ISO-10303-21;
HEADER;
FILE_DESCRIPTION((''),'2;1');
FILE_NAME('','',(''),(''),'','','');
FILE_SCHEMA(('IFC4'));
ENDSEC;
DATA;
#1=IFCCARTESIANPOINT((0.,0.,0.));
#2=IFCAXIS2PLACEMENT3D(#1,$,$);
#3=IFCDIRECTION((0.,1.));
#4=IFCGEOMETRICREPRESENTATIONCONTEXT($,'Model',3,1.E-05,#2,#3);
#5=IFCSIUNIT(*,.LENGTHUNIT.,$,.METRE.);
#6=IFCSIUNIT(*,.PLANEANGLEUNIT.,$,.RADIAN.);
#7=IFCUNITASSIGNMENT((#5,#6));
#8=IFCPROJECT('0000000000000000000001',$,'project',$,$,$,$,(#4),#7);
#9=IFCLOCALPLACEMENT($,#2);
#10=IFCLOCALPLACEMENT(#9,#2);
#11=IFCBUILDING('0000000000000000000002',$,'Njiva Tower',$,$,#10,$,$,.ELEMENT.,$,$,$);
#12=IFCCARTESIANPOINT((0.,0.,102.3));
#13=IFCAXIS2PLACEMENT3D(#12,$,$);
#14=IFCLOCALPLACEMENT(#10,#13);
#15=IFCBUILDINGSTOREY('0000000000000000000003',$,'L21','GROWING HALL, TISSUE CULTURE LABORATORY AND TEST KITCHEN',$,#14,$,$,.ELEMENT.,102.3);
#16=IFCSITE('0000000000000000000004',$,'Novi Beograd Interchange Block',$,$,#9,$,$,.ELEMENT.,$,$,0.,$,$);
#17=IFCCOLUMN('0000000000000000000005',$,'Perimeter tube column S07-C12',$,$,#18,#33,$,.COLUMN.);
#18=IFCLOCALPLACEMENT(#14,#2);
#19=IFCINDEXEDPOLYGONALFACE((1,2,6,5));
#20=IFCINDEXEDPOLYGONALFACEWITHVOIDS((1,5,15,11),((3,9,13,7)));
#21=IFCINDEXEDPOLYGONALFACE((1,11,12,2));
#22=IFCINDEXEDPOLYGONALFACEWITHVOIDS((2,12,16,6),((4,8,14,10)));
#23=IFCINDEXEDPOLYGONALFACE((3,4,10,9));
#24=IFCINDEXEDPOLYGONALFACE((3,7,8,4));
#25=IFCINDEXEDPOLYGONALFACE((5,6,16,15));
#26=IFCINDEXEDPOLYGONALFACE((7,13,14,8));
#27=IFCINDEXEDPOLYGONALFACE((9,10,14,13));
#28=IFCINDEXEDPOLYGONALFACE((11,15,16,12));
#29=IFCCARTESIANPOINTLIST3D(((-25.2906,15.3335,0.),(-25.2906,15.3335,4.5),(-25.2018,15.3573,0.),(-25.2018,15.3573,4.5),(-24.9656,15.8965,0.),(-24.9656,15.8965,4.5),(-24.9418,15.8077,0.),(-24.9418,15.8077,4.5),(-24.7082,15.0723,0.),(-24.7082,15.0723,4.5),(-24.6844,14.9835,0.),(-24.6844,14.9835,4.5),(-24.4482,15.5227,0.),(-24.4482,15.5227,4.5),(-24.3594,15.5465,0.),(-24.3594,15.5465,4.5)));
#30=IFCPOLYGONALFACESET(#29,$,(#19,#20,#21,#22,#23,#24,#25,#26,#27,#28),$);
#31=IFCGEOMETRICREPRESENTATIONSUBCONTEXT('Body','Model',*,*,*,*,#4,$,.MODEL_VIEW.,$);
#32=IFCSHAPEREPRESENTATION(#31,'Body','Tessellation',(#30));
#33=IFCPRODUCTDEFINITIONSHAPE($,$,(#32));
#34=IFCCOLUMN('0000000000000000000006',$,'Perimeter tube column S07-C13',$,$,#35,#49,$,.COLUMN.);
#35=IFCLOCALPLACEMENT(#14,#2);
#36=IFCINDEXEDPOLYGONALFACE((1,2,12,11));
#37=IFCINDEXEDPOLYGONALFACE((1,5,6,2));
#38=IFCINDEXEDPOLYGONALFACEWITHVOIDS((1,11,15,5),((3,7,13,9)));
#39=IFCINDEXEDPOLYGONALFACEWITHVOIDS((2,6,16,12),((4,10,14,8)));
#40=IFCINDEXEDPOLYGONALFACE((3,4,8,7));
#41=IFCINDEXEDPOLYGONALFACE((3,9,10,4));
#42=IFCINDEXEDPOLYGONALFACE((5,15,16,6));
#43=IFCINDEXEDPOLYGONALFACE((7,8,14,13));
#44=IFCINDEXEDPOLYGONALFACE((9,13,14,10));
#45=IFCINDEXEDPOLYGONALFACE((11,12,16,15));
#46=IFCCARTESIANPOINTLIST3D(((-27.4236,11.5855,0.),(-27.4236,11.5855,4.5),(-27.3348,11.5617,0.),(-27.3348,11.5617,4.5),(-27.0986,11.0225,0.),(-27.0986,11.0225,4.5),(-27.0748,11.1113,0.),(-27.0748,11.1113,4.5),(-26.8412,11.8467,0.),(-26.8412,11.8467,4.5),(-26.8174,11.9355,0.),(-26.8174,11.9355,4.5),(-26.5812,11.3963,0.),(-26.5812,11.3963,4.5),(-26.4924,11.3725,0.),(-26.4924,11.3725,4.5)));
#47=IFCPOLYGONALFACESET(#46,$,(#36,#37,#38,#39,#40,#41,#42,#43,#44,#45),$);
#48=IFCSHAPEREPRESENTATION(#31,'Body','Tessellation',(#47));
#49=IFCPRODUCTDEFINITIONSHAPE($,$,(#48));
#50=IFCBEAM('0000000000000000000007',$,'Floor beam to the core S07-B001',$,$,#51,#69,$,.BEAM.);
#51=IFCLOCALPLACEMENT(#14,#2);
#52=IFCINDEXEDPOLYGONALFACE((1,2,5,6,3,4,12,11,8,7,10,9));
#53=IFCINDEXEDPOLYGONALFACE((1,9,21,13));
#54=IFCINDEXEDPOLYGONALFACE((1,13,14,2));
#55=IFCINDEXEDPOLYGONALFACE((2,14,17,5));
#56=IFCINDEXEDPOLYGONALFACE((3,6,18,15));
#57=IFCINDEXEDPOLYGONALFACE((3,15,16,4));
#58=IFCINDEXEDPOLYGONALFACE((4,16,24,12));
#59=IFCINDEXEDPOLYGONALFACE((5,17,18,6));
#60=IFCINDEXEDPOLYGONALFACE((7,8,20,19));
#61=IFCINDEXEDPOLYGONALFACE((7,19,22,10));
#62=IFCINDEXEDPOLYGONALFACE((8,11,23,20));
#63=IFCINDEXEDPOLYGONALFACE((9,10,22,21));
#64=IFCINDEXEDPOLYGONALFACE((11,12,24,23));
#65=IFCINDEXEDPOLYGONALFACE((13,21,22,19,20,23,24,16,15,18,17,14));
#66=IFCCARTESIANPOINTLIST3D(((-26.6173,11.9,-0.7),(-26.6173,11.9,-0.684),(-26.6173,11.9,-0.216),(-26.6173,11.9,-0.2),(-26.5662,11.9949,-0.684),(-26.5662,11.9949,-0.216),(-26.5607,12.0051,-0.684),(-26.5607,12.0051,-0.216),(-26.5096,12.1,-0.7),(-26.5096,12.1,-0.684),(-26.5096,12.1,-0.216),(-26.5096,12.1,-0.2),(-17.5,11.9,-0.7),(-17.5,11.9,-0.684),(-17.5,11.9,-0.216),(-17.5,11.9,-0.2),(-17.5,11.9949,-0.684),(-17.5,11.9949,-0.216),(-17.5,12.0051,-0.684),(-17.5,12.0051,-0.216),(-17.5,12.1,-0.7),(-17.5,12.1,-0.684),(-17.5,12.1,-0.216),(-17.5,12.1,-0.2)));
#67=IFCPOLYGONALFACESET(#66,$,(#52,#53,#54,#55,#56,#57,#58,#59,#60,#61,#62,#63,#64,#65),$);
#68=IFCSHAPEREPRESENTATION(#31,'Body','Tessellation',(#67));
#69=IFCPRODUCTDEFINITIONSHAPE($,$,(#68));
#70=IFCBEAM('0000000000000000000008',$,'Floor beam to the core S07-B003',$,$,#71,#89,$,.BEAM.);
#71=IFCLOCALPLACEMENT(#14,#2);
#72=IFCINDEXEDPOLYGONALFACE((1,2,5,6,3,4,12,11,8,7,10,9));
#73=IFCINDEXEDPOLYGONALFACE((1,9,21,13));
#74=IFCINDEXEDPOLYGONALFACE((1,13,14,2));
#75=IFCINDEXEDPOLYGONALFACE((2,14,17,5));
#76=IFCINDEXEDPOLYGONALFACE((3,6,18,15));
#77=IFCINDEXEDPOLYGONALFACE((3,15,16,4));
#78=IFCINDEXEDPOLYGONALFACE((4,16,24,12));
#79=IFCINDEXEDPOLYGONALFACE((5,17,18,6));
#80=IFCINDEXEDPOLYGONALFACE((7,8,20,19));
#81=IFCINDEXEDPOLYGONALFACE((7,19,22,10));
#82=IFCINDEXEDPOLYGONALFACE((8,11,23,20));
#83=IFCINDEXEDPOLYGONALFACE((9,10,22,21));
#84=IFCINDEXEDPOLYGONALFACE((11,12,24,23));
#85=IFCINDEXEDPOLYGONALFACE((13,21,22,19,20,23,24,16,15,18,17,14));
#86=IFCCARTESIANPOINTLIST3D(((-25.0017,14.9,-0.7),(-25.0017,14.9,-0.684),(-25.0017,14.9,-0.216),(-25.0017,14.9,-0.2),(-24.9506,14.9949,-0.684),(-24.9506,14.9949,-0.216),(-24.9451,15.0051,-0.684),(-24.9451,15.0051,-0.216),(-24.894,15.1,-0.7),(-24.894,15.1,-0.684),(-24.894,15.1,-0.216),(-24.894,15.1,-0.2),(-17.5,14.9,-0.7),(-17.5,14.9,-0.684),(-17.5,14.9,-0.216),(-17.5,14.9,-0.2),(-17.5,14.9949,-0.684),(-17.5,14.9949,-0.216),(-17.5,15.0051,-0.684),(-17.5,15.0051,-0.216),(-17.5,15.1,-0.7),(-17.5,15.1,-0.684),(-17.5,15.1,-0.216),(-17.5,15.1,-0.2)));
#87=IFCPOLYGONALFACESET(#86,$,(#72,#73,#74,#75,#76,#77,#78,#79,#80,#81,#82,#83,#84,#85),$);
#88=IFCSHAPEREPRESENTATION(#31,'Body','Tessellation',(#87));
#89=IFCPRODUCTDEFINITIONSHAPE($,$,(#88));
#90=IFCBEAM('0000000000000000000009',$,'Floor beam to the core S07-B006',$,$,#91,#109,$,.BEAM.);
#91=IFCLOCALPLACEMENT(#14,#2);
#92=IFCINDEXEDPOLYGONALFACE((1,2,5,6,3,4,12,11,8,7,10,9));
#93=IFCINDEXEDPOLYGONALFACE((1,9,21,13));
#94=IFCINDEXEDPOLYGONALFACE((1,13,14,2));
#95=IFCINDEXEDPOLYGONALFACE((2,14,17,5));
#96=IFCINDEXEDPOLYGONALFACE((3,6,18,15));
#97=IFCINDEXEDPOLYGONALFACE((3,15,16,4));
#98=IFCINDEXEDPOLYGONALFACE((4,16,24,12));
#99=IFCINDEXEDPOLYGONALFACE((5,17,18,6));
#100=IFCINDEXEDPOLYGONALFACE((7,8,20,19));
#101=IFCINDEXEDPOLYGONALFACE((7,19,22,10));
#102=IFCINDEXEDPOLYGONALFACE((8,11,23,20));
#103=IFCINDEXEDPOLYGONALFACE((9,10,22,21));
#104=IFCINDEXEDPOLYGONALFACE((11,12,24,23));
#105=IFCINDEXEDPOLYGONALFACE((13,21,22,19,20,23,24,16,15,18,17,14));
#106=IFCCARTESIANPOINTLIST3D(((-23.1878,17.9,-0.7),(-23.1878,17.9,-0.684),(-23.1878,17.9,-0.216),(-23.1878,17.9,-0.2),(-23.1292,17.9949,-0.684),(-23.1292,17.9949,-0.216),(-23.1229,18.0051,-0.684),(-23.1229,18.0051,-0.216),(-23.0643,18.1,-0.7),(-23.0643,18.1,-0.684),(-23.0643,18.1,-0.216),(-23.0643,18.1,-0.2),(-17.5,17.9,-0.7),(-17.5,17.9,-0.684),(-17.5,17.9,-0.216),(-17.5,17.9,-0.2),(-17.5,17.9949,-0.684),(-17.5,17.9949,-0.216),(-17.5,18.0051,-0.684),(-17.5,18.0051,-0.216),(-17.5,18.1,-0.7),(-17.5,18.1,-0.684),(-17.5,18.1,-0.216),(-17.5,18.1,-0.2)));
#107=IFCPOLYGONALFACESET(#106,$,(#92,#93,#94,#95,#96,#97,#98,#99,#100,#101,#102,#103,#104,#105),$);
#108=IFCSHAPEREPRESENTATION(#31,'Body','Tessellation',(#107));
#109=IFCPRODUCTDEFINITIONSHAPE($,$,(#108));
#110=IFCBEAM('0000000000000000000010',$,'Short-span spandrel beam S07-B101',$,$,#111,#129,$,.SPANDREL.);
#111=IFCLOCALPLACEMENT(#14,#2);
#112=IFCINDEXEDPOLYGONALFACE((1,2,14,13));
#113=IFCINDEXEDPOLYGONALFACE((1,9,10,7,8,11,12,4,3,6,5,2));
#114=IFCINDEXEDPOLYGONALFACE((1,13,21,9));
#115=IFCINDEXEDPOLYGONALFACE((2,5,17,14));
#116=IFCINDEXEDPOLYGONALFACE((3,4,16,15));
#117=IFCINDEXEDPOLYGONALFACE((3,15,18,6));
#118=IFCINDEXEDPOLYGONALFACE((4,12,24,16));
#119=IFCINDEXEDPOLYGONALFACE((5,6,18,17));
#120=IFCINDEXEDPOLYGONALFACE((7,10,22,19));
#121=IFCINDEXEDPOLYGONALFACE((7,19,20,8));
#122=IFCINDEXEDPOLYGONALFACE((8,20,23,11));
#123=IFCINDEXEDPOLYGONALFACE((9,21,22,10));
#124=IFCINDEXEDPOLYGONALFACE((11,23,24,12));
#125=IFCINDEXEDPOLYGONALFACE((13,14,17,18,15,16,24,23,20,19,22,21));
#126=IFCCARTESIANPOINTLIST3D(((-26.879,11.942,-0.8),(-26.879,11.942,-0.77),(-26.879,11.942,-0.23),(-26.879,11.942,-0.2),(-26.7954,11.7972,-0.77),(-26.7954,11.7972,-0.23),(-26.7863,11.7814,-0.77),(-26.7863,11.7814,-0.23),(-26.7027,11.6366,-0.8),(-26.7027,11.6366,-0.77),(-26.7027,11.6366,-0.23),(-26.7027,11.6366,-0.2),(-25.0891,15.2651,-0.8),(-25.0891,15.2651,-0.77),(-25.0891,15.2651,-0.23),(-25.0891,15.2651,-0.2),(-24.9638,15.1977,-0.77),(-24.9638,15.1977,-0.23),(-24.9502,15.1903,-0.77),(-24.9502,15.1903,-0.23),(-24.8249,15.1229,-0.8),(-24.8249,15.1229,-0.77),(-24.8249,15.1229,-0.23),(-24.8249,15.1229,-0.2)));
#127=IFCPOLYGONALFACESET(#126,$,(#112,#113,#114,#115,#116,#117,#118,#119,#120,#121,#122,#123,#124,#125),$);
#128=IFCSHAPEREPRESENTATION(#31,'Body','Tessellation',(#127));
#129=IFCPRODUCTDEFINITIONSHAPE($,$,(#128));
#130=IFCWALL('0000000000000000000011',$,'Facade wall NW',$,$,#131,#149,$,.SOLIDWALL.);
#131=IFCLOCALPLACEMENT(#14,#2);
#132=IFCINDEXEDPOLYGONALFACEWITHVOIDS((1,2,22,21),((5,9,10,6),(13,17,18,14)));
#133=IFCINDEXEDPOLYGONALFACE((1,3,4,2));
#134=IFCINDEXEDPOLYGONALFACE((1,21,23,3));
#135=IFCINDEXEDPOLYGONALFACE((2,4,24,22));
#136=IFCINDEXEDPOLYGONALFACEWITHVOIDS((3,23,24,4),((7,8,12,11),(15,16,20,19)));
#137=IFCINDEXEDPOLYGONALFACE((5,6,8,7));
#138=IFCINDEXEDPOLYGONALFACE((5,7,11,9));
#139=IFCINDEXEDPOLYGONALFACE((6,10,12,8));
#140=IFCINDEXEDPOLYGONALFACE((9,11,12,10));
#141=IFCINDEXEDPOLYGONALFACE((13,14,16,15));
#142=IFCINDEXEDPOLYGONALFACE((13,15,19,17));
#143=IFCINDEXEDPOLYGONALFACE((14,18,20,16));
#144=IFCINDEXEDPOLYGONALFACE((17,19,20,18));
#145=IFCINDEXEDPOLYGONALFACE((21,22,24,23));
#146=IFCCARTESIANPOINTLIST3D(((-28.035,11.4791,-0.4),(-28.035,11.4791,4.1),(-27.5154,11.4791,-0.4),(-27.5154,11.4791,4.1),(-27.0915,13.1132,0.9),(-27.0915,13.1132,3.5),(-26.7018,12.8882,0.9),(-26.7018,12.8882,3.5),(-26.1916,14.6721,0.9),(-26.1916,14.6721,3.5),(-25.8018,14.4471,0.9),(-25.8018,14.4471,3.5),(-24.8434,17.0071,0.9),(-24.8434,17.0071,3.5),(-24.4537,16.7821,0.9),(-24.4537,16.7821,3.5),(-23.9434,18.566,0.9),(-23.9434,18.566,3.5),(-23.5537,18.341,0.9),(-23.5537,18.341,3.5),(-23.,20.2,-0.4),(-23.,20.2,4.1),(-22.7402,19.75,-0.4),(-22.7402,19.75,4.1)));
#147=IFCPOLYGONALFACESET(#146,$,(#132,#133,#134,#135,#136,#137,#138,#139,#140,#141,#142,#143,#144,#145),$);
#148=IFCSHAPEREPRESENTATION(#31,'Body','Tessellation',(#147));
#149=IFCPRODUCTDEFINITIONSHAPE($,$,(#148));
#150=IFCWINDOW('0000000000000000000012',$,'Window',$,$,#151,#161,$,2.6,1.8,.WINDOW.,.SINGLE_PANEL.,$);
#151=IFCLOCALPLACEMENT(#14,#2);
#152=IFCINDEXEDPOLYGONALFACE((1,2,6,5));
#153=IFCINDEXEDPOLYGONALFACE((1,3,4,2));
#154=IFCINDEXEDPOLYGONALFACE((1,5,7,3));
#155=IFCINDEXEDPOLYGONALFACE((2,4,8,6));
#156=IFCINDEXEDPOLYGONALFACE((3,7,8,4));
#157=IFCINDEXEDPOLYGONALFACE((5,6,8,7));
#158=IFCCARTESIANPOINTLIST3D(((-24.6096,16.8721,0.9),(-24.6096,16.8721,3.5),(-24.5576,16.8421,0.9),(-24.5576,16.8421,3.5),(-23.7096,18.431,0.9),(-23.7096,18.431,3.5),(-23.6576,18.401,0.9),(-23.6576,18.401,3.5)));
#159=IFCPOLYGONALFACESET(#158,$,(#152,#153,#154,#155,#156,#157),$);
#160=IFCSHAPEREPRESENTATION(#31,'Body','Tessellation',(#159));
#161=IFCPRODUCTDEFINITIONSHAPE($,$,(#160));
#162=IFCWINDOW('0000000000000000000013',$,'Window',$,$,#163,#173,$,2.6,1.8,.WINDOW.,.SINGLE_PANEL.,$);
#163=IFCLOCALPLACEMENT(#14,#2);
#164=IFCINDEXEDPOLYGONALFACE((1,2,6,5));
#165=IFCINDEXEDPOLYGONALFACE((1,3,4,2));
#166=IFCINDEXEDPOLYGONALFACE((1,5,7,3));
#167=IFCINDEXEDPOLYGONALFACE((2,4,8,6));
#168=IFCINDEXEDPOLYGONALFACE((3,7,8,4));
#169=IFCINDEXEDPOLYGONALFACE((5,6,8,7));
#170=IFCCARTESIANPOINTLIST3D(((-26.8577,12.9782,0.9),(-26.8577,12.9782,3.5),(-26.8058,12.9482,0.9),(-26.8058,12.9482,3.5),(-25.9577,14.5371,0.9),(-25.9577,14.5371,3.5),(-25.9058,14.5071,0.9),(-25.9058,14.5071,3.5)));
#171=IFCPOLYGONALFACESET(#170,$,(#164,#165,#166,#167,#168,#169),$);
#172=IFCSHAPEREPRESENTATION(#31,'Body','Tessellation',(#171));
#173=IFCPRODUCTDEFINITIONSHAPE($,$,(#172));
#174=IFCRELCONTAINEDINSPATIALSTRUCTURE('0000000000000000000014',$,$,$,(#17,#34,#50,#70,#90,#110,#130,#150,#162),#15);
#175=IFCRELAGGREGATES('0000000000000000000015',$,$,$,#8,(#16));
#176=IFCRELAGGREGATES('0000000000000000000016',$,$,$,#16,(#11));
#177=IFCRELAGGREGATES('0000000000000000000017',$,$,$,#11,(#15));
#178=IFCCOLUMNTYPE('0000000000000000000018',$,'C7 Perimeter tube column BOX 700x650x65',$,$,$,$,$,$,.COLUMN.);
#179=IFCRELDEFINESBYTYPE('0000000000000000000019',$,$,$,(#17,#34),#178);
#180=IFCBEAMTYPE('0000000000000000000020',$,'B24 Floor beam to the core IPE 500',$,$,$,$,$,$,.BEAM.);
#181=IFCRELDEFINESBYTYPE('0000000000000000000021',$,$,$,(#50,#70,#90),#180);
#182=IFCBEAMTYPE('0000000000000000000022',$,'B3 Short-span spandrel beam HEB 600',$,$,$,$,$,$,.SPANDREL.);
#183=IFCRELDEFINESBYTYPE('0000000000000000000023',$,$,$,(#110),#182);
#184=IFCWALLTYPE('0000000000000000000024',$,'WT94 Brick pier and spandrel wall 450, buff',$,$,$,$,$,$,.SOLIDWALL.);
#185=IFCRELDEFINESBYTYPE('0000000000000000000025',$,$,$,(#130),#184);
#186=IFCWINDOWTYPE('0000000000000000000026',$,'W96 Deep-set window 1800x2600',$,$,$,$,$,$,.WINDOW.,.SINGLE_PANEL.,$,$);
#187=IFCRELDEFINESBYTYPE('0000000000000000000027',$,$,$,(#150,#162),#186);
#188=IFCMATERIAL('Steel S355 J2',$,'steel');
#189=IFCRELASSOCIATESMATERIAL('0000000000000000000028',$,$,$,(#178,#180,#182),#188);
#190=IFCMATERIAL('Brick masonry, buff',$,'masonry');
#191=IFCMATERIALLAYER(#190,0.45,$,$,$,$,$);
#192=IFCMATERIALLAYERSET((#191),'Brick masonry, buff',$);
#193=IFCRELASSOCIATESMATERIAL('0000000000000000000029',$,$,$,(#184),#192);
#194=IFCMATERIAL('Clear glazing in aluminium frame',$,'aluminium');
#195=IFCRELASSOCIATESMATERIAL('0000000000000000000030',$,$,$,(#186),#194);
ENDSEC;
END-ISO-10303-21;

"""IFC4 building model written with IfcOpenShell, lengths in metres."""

from ifc_helpers import new_model, si_unit, direction, frame, frame_2d, origin, origin_2d, place, context, subcontext, project, spatial, polyline, rectangle, hollow_rectangle, i_section, outline, extrude, clip, halfspace, material, layer, layer_set, material_profile, profile_set, type_object, element, fill, save


model = new_model("IFC4")

# Units and contexts
model_context = context("Model", 3, precision=1e-05, world=origin(), true_north=direction((0.0, 1.0)))
body_context = subcontext(model_context, "Body", "Model", "MODEL_VIEW")
ifc_project = project(units=[si_unit("LENGTHUNIT", "METRE"), si_unit("PLANEANGLEUNIT", "RADIAN")], contexts=[model_context])

# Site, building, storey
site_placement = place(None, origin())
site = spatial("IfcSite", under=ifc_project, at=site_placement, Name="Novi Beograd Interchange Block", CompositionType="ELEMENT", RefElevation=0.0)
building_placement = place(site_placement, origin())
building = spatial("IfcBuilding", under=site, at=building_placement, Name="Njiva Tower", CompositionType="ELEMENT")
storey_placement = place(building_placement, frame((0.0, 0.0, 102.3)))
storey = spatial("IfcBuildingStorey", under=building, at=storey_placement, Name="L21", Description="GROWING HALL, TISSUE CULTURE LABORATORY AND TEST KITCHEN", CompositionType="ELEMENT", Elevation=102.3)

# Columns
ifc_material_1 = material(Name="Steel S355 J2", Category="steel")
ifc_material_profile_1 = material_profile(ifc_material_1, hollow_rectangle(XDim=0.65, YDim=0.7, WallThickness=0.065, at=origin_2d()), Name="BOX 700x650x65")
ifc_profile_set_1 = profile_set([ifc_material_profile_1], Name="Steel S355 J2")
column_type = type_object("IfcColumnType", Name="C7 Perimeter tube column BOX 700x650x65", PredefinedType="COLUMN", material=ifc_profile_set_1)
for number, where, z_axis, x_axis, name in (
    (1, (-24.825, 15.44, 0.0), (0.0, 0.0, 1.0), (-0.5, -0.866025, 0.0), "Perimeter tube column S07-C12"),
    (2, (-26.958, 11.479, 0.0), (0.0, 0.0, 1.0), (0.5, -0.866025, 0.0), "Perimeter tube column S07-C13"),
):
    element("IfcColumn", number, at=place(storey_placement, frame(where, z_axis=z_axis, x_axis=x_axis)), inside=storey, type_object=column_type, Name=name, PredefinedType="COLUMN", context=body_context, shape_type="SweptSolid", body=[
        extrude(hollow_rectangle(XDim=0.65, YDim=0.7, WallThickness=0.065, at=origin_2d()), origin(), (0.0, 0.0, 1.0), 4.5),
    ])

# Beams
ifc_material_profile_2 = material_profile(ifc_material_1, i_section(OverallWidth=0.2, OverallDepth=0.5, WebThickness=0.0102, FlangeThickness=0.016, at=origin_2d()), Name="IPE 500")
ifc_profile_set_2 = profile_set([ifc_material_profile_2], Name="Steel S355 J2")
beam_type_1 = type_object("IfcBeamType", Name="B24 Floor beam to the core IPE 500", PredefinedType="BEAM", material=ifc_profile_set_2)
beam_1_placement = place(storey_placement, frame((-26.637, 12.0, -0.45), z_axis=(1.0, 0.0, 0.0), x_axis=(0.0, 1.0, 0.0)))
element("IfcBeam", 3, at=beam_1_placement, inside=storey, type_object=beam_type_1, Name="Floor beam to the core S07-B001", PredefinedType="BEAM", context=body_context, shape_type="Clipping", body=[
    clip(extrude(i_section(OverallWidth=0.2, OverallDepth=0.5, WebThickness=0.0102, FlangeThickness=0.016, at=origin_2d()), origin(), (0.0, 0.0, 1.0), 9.137), halfspace(frame((0.0237, 0.0, 0.0863), z_axis=(0.474152, 0.0, -0.880443), x_axis=(0.0, -1.0, 0.0)), False)),
])
beam_2_placement = place(storey_placement, frame((-25.022, 15.0, -0.45), z_axis=(1.0, 0.0, 0.0), x_axis=(0.0, 1.0, 0.0)))
element("IfcBeam", 4, at=beam_2_placement, inside=storey, type_object=beam_type_1, Name="Floor beam to the core S07-B003", PredefinedType="BEAM", context=body_context, shape_type="Clipping", body=[
    clip(extrude(i_section(OverallWidth=0.2, OverallDepth=0.5, WebThickness=0.0102, FlangeThickness=0.016, at=origin_2d()), origin(), (0.0, 0.0, 1.0), 7.522), halfspace(frame((0.0237, 0.0, 0.0869), z_axis=(0.474152, 0.0, -0.880443), x_axis=(0.0, -1.0, 0.0)), False)),
])
beam_3_placement = place(storey_placement, frame((-23.208, 18.0, -0.45), z_axis=(1.0, 0.0, 0.0), x_axis=(0.0, 1.0, 0.0)))
element("IfcBeam", 5, at=beam_3_placement, inside=storey, type_object=beam_type_1, Name="Floor beam to the core S07-B006", PredefinedType="BEAM", context=body_context, shape_type="Clipping", body=[
    clip(extrude(i_section(OverallWidth=0.2, OverallDepth=0.5, WebThickness=0.0102, FlangeThickness=0.016, at=origin_2d()), origin(), (0.0, 0.0, 1.0), 5.708), halfspace(frame((0.0263, 0.0, 0.0982), z_axis=(0.52541, 0.0, -0.850849), x_axis=(0.0, -1.0, 0.0)), False)),
])
ifc_material_profile_3 = material_profile(ifc_material_1, i_section(OverallWidth=0.3, OverallDepth=0.6, WebThickness=0.0155, FlangeThickness=0.03, at=origin_2d()), Name="HEB 600")
ifc_profile_set_3 = profile_set([ifc_material_profile_3], Name="Steel S355 J2")
beam_type_2 = type_object("IfcBeamType", Name="B3 Short-span spandrel beam HEB 600", PredefinedType="SPANDREL", material=ifc_profile_set_3)
beam_4_placement = place(storey_placement, frame((-24.957, 15.194, -0.5), z_axis=(-0.474208, -0.880413, 0.0), x_axis=(0.880413, -0.474208, 0.0)))
element("IfcBeam", 6, at=beam_4_placement, inside=storey, type_object=beam_type_2, Name="Short-span spandrel beam S07-B101", PredefinedType="SPANDREL", context=body_context, shape_type="Clipping", body=[
    clip(extrude(i_section(OverallWidth=0.3, OverallDepth=0.6, WebThickness=0.0155, FlangeThickness=0.03, at=origin_2d()), origin(), (0.0, 0.0, 1.0), 3.9805), halfspace(frame((-0.026, 0.0, 3.8511), z_axis=(-0.525358, 0.0, 0.850881), x_axis=(0.0, 1.0, 0.0)), False)),
])

# Wall, openings, windows
ifc_material_2 = material(Name="Clear glazing in aluminium frame", Category="aluminium")
ifc_material_3 = material(Name="Brick masonry, buff", Category="masonry")
ifc_layer_1 = layer(ifc_material_3, 0.45)
ifc_layer_set_1 = layer_set([ifc_layer_1], Name="Brick masonry, buff")
wall_type_1 = type_object("IfcWallType", Name="WT94 Brick pier and spandrel wall 450, buff", PredefinedType="SOLIDWALL", material=ifc_layer_set_1)
wall_1_placement = place(storey_placement, frame((-22.8701, 19.975, -0.4), z_axis=(0.0, 0.0, 1.0), x_axis=(-0.499999, -0.866026, 0.0)))
wall_1 = element("IfcWall", 7, at=wall_1_placement, inside=storey, type_object=wall_type_1, Name="Facade wall NW", PredefinedType="SOLIDWALL", context=body_context, shape_type="SweptSolid", body=[
    extrude(outline(polyline([(-0.1299, -0.225), (9.9401, -0.225), (9.6803, 0.225), (0.1299, 0.225), (-0.1299, -0.225)])), origin(), (0.0, 0.0, 1.0), 4.5),
])
opening_1_placement = place(wall_1_placement, frame((1.7569, 0.0, 1.3)))
opening_1 = element("IfcOpeningElement", 8, at=opening_1_placement, cuts=wall_1, PredefinedType="OPENING", context=body_context, shape_type="SweptSolid", body=[
    extrude(rectangle(XDim=1.8, YDim=2.6, at=frame_2d((0.9, 1.3))), frame((0.0, 0.235, 0.0), z_axis=(0.0, -1.0, 0.0), x_axis=(1.0, 0.0, 0.0)), (0.0, 0.0, 1.0), 0.47),
])
opening_2_placement = place(wall_1_placement, frame((6.2532, 0.0, 1.3)))
opening_2 = element("IfcOpeningElement", 9, at=opening_2_placement, cuts=wall_1, PredefinedType="OPENING", context=body_context, shape_type="SweptSolid", body=[
    extrude(rectangle(XDim=1.8, YDim=2.6, at=frame_2d((0.9, 1.3))), frame((0.0, 0.235, 0.0), z_axis=(0.0, -1.0, 0.0), x_axis=(1.0, 0.0, 0.0)), (0.0, 0.0, 1.0), 0.47),
])
window_type_1 = type_object("IfcWindowType", Name="W96 Deep-set window 1800x2600", PartitioningType="SINGLE_PANEL", PredefinedType="WINDOW", material=ifc_material_2)
window_1_placement = place(opening_1_placement, origin())
window_1 = element("IfcWindow", 10, at=window_1_placement, inside=storey, type_object=window_type_1, Name="Window", OverallHeight=2.6, OverallWidth=1.8, PartitioningType="SINGLE_PANEL", PredefinedType="WINDOW", context=body_context, shape_type="SweptSolid", body=[
    extrude(rectangle(XDim=1.8, YDim=2.6, at=frame_2d((0.9, 1.3))), frame((0.0, 0.105, 0.0), z_axis=(0.0, -1.0, 0.0), x_axis=(1.0, 0.0, 0.0)), (0.0, 0.0, 1.0), 0.06),
])
fill(opening_1, window_1)
window_2_placement = place(opening_2_placement, origin())
window_2 = element("IfcWindow", 11, at=window_2_placement, inside=storey, type_object=window_type_1, Name="Window", OverallHeight=2.6, OverallWidth=1.8, PartitioningType="SINGLE_PANEL", PredefinedType="WINDOW", context=body_context, shape_type="SweptSolid", body=[
    extrude(rectangle(XDim=1.8, YDim=2.6, at=frame_2d((0.9, 1.3))), frame((0.0, 0.105, 0.0), z_axis=(0.0, -1.0, 0.0), x_axis=(1.0, 0.0, 0.0)), (0.0, 0.0, 1.0), 0.06),
])
fill(opening_2, window_2)

save(model, "model.ifc")
